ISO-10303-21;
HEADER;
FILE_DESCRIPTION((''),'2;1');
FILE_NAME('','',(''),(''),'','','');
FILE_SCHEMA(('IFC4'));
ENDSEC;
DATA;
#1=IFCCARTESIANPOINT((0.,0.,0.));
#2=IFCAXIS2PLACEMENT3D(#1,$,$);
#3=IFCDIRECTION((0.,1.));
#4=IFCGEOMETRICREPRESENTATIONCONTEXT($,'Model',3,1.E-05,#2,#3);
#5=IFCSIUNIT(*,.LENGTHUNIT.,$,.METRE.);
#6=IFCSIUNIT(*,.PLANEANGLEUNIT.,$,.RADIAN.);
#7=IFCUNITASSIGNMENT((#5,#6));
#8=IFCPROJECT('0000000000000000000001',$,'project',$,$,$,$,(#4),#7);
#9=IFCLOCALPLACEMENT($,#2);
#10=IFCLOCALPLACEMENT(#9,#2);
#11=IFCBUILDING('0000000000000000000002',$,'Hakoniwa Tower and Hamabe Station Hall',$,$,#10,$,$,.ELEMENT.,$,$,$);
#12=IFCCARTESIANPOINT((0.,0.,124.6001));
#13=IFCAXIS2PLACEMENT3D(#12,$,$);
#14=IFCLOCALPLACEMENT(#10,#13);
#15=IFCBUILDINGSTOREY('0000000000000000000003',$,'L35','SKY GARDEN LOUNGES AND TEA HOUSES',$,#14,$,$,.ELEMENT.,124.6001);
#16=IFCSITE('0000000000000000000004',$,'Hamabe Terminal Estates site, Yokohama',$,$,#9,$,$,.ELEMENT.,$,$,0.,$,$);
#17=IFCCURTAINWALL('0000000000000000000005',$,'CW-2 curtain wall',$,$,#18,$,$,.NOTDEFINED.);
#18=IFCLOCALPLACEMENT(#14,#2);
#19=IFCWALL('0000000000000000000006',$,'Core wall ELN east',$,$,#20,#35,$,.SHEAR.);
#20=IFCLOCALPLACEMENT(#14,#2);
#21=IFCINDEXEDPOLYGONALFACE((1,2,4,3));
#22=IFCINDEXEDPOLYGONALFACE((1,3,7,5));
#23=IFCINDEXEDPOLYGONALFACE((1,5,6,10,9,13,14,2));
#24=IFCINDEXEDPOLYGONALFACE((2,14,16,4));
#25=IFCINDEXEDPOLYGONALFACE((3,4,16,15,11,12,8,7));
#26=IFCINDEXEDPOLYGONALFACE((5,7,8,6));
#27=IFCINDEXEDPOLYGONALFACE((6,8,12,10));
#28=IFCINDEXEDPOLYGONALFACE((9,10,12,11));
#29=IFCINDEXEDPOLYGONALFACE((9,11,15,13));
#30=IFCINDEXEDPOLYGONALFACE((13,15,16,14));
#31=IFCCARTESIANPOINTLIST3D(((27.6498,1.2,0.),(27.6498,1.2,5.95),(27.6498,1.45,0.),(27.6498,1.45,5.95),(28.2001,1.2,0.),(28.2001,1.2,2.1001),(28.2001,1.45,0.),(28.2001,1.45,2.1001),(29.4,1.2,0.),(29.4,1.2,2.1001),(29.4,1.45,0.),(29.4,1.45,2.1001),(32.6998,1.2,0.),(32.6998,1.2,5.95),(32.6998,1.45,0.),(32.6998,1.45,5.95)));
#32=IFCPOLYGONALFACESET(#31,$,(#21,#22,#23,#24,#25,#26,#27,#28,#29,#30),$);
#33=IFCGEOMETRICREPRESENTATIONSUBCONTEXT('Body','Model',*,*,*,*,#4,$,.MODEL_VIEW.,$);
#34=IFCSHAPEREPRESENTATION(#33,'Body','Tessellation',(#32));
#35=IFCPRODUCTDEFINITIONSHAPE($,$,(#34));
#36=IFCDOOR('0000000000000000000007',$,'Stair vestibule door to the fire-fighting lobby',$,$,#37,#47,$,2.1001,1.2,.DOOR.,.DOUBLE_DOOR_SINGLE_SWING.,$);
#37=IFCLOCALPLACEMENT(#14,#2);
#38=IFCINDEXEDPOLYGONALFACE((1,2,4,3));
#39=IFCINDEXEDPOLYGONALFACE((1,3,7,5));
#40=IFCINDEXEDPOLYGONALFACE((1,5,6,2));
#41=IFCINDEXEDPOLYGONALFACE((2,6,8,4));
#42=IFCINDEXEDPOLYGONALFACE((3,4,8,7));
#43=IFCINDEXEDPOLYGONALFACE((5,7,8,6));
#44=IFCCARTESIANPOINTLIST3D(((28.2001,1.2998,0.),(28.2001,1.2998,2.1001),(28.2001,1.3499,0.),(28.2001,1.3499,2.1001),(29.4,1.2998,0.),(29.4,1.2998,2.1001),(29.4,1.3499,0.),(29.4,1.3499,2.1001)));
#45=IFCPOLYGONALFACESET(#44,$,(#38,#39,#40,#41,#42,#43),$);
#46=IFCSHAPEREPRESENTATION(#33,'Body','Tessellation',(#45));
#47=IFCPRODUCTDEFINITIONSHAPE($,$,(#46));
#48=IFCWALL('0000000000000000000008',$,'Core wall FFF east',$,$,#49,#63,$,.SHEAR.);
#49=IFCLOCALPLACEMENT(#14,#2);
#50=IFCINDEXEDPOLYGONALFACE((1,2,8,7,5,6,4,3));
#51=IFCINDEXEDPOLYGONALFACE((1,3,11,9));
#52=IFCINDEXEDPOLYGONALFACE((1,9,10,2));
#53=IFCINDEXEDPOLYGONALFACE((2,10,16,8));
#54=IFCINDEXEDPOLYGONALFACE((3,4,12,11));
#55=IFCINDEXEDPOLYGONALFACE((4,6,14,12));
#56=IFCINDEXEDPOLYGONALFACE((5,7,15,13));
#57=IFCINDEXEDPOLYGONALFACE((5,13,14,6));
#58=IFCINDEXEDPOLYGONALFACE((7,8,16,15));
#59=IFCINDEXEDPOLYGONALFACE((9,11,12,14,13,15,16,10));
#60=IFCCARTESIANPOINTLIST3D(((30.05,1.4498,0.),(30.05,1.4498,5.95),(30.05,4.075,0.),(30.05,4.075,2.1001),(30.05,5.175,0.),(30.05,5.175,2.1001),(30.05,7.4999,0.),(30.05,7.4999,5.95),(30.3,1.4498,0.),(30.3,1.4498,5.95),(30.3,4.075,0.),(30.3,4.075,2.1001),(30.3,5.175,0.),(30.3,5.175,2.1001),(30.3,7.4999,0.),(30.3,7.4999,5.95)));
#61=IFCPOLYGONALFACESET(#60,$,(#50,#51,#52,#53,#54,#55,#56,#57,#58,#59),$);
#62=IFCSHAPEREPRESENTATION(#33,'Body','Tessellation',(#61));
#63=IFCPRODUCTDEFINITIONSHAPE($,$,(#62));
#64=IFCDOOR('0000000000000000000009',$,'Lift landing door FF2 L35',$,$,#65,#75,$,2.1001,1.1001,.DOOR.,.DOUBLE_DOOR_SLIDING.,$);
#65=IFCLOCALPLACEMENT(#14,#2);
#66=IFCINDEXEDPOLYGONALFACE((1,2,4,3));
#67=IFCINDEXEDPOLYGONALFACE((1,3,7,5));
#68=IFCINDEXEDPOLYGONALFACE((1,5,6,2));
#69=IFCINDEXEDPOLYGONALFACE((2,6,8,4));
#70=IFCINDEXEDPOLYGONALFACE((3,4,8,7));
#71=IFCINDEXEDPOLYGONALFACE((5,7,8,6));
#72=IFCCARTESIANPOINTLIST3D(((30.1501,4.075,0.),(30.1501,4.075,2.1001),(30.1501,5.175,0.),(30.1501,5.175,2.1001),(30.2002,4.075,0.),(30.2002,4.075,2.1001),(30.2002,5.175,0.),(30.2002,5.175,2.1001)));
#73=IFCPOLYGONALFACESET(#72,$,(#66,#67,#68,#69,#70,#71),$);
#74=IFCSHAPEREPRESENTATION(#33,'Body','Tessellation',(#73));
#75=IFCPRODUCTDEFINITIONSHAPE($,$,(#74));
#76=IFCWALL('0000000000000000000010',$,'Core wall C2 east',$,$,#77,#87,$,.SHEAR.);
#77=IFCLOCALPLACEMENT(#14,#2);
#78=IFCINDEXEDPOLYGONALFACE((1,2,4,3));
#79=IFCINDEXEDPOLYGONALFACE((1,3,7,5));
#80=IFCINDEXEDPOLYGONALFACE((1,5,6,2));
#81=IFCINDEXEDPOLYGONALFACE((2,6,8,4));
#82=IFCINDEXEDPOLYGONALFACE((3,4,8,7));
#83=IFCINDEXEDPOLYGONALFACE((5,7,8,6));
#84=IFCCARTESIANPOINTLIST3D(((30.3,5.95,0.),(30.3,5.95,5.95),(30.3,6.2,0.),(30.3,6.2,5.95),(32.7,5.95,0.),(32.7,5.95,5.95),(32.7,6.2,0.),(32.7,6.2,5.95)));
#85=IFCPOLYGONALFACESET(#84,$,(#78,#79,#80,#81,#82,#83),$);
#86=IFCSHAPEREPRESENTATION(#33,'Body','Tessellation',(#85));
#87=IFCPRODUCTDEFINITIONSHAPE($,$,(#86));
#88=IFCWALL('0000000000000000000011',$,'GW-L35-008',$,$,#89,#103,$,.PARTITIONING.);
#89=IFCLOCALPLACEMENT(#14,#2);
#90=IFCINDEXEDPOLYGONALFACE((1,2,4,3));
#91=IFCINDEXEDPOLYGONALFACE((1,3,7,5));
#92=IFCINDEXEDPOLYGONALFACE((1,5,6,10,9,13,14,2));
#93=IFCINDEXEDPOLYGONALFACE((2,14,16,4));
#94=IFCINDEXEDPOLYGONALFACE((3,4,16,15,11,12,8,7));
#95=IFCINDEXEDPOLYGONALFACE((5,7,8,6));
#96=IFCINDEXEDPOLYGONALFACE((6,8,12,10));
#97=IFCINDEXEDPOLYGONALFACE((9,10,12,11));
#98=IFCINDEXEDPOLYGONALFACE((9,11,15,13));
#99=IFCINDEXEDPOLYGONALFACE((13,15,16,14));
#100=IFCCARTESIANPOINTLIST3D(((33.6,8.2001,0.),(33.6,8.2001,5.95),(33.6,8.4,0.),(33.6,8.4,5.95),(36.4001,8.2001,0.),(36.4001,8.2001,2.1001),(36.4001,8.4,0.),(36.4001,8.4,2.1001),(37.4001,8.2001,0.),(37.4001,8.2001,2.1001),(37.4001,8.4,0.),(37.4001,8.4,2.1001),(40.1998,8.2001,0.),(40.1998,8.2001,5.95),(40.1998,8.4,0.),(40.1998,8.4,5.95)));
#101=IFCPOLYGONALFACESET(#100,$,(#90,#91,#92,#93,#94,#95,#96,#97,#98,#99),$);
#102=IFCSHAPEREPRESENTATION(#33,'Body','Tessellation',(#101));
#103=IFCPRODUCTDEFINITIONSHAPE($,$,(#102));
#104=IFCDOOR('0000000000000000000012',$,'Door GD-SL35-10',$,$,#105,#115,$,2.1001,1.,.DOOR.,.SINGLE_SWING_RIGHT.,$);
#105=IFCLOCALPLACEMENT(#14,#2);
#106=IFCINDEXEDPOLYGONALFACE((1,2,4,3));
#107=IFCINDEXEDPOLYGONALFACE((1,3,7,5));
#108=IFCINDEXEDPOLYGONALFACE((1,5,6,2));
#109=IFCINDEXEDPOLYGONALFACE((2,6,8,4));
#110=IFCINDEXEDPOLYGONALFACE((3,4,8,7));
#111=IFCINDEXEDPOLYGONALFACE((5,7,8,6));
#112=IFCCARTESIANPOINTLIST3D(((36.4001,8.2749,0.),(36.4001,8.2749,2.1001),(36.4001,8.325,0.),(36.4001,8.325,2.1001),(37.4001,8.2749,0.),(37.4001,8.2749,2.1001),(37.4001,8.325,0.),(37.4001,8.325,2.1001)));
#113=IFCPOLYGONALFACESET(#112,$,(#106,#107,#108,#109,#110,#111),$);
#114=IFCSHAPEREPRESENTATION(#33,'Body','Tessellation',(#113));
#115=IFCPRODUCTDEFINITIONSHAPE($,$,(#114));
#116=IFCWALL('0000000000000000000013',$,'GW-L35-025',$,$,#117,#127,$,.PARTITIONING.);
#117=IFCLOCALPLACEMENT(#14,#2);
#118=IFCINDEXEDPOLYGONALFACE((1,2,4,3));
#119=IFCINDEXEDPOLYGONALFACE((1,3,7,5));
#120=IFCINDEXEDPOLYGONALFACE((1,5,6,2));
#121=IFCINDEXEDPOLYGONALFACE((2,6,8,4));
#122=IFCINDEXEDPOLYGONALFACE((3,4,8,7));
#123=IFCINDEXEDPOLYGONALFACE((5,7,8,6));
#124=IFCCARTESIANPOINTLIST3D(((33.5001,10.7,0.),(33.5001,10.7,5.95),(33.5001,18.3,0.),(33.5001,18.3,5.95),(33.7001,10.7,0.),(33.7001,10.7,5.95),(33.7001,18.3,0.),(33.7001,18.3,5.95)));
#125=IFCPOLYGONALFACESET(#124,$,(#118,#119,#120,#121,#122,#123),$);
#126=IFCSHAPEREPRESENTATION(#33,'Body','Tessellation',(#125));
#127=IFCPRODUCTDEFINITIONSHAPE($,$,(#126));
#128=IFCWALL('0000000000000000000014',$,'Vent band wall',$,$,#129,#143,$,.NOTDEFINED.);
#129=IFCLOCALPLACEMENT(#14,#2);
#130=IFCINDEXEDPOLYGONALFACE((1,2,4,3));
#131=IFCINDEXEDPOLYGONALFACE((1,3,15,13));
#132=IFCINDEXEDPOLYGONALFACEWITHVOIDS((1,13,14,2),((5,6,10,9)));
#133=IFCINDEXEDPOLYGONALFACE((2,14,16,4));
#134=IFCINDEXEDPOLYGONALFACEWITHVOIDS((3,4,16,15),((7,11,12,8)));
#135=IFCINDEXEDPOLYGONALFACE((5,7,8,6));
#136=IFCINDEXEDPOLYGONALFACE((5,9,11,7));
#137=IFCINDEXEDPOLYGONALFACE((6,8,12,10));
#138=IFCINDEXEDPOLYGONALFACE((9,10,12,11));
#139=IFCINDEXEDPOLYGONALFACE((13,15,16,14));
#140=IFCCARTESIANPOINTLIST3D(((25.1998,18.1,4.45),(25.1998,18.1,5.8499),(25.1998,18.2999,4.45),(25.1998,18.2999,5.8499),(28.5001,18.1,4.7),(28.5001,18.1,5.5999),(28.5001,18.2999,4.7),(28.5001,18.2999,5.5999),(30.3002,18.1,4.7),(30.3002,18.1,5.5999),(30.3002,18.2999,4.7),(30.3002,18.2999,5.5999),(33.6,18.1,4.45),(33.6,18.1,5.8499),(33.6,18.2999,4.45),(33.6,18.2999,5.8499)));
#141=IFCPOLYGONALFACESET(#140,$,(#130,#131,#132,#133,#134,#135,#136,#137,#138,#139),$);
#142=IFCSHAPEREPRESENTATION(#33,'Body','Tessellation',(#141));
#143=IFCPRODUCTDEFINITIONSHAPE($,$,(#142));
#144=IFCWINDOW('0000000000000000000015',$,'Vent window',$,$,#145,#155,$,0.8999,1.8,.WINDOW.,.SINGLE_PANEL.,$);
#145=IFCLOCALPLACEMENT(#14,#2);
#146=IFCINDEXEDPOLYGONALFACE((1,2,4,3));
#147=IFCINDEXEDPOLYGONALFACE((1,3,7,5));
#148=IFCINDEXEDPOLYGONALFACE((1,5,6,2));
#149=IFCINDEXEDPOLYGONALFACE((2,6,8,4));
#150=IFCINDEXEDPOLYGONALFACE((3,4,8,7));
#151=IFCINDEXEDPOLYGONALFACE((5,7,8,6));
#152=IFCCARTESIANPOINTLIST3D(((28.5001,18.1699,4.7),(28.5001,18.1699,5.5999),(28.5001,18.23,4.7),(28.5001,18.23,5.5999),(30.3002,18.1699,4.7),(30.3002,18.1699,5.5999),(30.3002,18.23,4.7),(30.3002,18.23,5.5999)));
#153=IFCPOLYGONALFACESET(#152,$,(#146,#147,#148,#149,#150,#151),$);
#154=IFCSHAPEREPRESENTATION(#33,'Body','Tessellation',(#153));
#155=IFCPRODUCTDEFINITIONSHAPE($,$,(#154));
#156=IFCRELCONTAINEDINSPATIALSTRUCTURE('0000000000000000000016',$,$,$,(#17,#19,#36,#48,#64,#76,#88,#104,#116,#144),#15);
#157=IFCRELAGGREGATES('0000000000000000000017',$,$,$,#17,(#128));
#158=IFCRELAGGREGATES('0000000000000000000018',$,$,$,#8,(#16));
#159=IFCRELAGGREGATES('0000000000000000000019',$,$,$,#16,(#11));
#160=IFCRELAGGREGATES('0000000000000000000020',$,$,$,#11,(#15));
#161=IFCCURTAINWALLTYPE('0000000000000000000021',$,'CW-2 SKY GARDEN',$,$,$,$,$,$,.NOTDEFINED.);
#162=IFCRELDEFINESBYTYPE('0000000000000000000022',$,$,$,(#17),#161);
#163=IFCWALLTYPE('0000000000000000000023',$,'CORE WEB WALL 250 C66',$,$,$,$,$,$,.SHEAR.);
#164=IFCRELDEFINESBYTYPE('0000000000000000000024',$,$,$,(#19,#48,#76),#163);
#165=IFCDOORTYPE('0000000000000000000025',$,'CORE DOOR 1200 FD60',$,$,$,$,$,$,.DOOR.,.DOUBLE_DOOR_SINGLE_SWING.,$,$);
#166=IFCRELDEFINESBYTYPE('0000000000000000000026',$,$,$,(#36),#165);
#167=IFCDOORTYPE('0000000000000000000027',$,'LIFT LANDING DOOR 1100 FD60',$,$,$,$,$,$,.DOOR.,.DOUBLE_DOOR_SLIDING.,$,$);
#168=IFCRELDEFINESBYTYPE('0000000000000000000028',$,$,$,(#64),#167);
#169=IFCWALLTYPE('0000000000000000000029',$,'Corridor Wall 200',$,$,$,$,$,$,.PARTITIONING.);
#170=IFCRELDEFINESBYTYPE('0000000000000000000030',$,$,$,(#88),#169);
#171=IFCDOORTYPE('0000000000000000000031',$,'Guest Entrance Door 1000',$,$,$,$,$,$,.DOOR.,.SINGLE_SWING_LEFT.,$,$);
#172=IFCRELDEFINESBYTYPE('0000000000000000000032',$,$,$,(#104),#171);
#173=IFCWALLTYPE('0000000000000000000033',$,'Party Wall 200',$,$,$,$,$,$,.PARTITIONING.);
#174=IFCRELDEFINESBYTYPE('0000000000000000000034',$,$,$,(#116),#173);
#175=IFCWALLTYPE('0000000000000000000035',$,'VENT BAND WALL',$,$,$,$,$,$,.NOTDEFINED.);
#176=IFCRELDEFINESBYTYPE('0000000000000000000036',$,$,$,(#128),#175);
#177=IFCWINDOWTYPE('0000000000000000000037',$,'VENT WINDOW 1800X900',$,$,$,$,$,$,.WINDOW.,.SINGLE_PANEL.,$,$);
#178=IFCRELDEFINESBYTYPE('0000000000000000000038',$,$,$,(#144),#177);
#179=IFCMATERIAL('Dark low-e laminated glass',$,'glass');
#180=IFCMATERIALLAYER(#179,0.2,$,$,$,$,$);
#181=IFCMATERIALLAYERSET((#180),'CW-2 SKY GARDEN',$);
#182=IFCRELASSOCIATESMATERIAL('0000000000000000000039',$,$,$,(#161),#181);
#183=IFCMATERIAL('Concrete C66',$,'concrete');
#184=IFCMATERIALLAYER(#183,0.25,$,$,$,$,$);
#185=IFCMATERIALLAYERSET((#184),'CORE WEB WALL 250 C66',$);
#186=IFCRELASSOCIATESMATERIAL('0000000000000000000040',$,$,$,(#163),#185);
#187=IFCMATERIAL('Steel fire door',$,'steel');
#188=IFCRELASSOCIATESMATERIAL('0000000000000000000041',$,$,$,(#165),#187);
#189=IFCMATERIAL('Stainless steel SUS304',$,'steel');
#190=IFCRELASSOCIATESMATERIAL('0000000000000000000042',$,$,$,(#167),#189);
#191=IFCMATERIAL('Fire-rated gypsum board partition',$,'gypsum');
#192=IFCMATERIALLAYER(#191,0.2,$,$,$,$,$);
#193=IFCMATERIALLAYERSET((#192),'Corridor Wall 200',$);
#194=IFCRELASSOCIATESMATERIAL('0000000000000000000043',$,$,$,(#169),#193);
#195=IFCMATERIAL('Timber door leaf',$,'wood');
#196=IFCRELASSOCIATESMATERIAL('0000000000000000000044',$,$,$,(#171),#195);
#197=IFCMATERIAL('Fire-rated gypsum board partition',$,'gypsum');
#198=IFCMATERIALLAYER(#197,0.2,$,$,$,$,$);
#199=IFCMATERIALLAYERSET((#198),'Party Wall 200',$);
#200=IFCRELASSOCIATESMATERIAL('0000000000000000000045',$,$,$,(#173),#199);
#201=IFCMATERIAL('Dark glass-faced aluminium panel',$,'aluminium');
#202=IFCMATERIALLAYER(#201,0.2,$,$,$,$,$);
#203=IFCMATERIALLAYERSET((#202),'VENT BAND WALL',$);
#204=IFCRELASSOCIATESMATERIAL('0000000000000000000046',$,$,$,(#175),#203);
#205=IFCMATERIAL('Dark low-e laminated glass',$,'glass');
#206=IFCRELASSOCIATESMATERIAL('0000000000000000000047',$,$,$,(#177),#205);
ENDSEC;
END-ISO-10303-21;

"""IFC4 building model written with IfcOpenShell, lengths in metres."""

from ifc_helpers import new_model, si_unit, direction, frame, frame_2d, origin, place, context, subcontext, project, spatial, rectangle, extrude, material, layer, layer_set, type_object, element, fill, aggregate, save


model = new_model("IFC4")

# Units and contexts
model_context = context("Model", 3, precision=1e-05, world=origin(), true_north=direction((0.0, 1.0)))
body_context = subcontext(model_context, "Body", "Model", "MODEL_VIEW")
ifc_project = project(units=[si_unit("LENGTHUNIT", "METRE"), si_unit("PLANEANGLEUNIT", "RADIAN")], contexts=[model_context])

# Site, building, storey
site_placement = place(None, origin())
site = spatial("IfcSite", under=ifc_project, at=site_placement, Name="Hamabe Terminal Estates site, Yokohama", CompositionType="ELEMENT", RefElevation=0.0)
building_placement = place(site_placement, origin())
building = spatial("IfcBuilding", under=site, at=building_placement, Name="Hakoniwa Tower and Hamabe Station Hall", CompositionType="ELEMENT")
storey_placement = place(building_placement, frame((0.0, 0.0, 124.6001)))
storey = spatial("IfcBuildingStorey", under=building, at=storey_placement, Name="L35", Description="SKY GARDEN LOUNGES AND TEA HOUSES", CompositionType="ELEMENT", Elevation=124.6001)

# Curtain wall
ifc_material_1 = material(Name="Dark low-e laminated glass", Category="glass")
ifc_layer_1 = layer(ifc_material_1, 0.2)
ifc_layer_set_1 = layer_set([ifc_layer_1], Name="CW-2 SKY GARDEN")
curtain_wall_type = type_object("IfcCurtainWallType", Name="CW-2 SKY GARDEN", PredefinedType="NOTDEFINED", material=ifc_layer_set_1)
curtain_wall_placement = place(storey_placement, origin())
curtain_wall = element("IfcCurtainWall", 1, at=curtain_wall_placement, inside=storey, type_object=curtain_wall_type, Name="CW-2 curtain wall", PredefinedType="NOTDEFINED")

# Shared definitions
ifc_material_2 = material(Name="Concrete C66", Category="concrete")
ifc_layer_2 = layer(ifc_material_2, 0.25)
ifc_layer_set_2 = layer_set([ifc_layer_2], Name="CORE WEB WALL 250 C66")
wall_type_1 = type_object("IfcWallType", Name="CORE WEB WALL 250 C66", PredefinedType="SHEAR", material=ifc_layer_set_2)

# Walls, openings, doors
ifc_material_3 = material(Name="Steel fire door", Category="steel")
door_type_1 = type_object("IfcDoorType", Name="CORE DOOR 1200 FD60", OperationType="DOUBLE_DOOR_SINGLE_SWING", PredefinedType="DOOR", material=ifc_material_3)
wall_1_placement = place(storey_placement, frame((27.6499, 1.325, 0.0), z_axis=(0.0, 0.0, 1.0), x_axis=(1.0, 0.0, 0.0)))
wall_1 = element("IfcWall", 2, at=wall_1_placement, inside=storey, type_object=wall_type_1, Name="Core wall ELN east", PredefinedType="SHEAR", context=body_context, shape_type="SweptSolid", body=[
    extrude(rectangle(XDim=5.05, YDim=0.25, at=frame_2d((2.5249, 0.0))), origin(), (0.0, 0.0, 1.0), 5.95),
])
opening_1_placement = place(wall_1_placement, frame((0.55, 0.0, 0.0)))
opening_1 = element("IfcOpeningElement", 3, at=opening_1_placement, cuts=wall_1, PredefinedType="OPENING", context=body_context, shape_type="SweptSolid", body=[
    extrude(rectangle(XDim=1.2, YDim=2.1001, at=frame_2d((0.6001, 1.05))), frame((0.0, 0.135, 0.0), z_axis=(0.0, -1.0, 0.0), x_axis=(1.0, 0.0, 0.0)), (0.0, 0.0, 1.0), 0.27),
])
door_1_placement = place(opening_1_placement, origin())
door_1 = element("IfcDoor", 4, at=door_1_placement, inside=storey, type_object=door_type_1, Name="Stair vestibule door to the fire-fighting lobby", OperationType="DOUBLE_DOOR_SINGLE_SWING", OverallHeight=2.1001, OverallWidth=1.2, PredefinedType="DOOR", context=body_context, shape_type="SweptSolid", body=[
    extrude(rectangle(XDim=1.2, YDim=2.1001, at=frame_2d((0.6001, 1.05))), frame((0.0, 0.0249, 0.0), z_axis=(0.0, -1.0, 0.0), x_axis=(1.0, 0.0, 0.0)), (0.0, 0.0, 1.0), 0.05),
])
fill(opening_1, door_1)
wall_2_placement = place(storey_placement, frame((30.175, 1.45, 0.0), z_axis=(0.0, 0.0, 1.0), x_axis=(0.0, 1.0, 0.0)))
wall_2 = element("IfcWall", 5, at=wall_2_placement, inside=storey, type_object=wall_type_1, Name="Core wall FFF east", PredefinedType="SHEAR", context=body_context, shape_type="SweptSolid", body=[
    extrude(rectangle(XDim=6.05, YDim=0.25, at=frame_2d((3.0249, 0.0))), origin(), (0.0, 0.0, 1.0), 5.95),
])
opening_2_placement = place(wall_2_placement, frame((2.625, 0.0, 0.0)))
opening_2 = element("IfcOpeningElement", 6, at=opening_2_placement, cuts=wall_2, PredefinedType="OPENING", context=body_context, shape_type="SweptSolid", body=[
    extrude(rectangle(XDim=1.1001, YDim=2.1001, at=frame_2d((0.55, 1.05))), frame((0.0, 0.135, 0.0), z_axis=(0.0, -1.0, 0.0), x_axis=(1.0, 0.0, 0.0)), (0.0, 0.0, 1.0), 0.27),
])
ifc_material_4 = material(Name="Stainless steel SUS304", Category="steel")
door_type_2 = type_object("IfcDoorType", Name="LIFT LANDING DOOR 1100 FD60", OperationType="DOUBLE_DOOR_SLIDING", PredefinedType="DOOR", material=ifc_material_4)
door_2_placement = place(opening_2_placement, origin())
door_2 = element("IfcDoor", 7, at=door_2_placement, inside=storey, type_object=door_type_2, Name="Lift landing door FF2 L35", OperationType="DOUBLE_DOOR_SLIDING", OverallHeight=2.1001, OverallWidth=1.1001, PredefinedType="DOOR", context=body_context, shape_type="SweptSolid", body=[
    extrude(rectangle(XDim=1.1001, YDim=2.1001, at=frame_2d((0.55, 1.05))), frame((0.0, 0.0249, 0.0), z_axis=(0.0, -1.0, 0.0), x_axis=(1.0, 0.0, 0.0)), (0.0, 0.0, 1.0), 0.05),
])
fill(opening_2, door_2)

# Wall
wall_3_placement = place(storey_placement, frame((30.3, 6.075, 0.0), z_axis=(0.0, 0.0, 1.0), x_axis=(1.0, 0.0, 0.0)))
element("IfcWall", 8, at=wall_3_placement, inside=storey, type_object=wall_type_1, Name="Core wall C2 east", PredefinedType="SHEAR", context=body_context, shape_type="SweptSolid", body=[
    extrude(rectangle(XDim=2.3999, YDim=0.25, at=frame_2d((1.2, 0.0))), origin(), (0.0, 0.0, 1.0), 5.95),
])

# Wall, opening, door
ifc_material_5 = material(Name="Fire-rated gypsum board partition", Category="gypsum")
ifc_layer_3 = layer(ifc_material_5, 0.2)
ifc_layer_set_3 = layer_set([ifc_layer_3], Name="Corridor Wall 200")
wall_type_2 = type_object("IfcWallType", Name="Corridor Wall 200", PredefinedType="PARTITIONING", material=ifc_layer_set_3)
wall_4_placement = place(storey_placement, frame((33.6001, 8.3, 0.0), z_axis=(0.0, 0.0, 1.0), x_axis=(1.0, 0.0, 0.0)))
wall_4 = element("IfcWall", 9, at=wall_4_placement, inside=storey, type_object=wall_type_2, Name="GW-L35-008", PredefinedType="PARTITIONING", context=body_context, shape_type="SweptSolid", body=[
    extrude(rectangle(XDim=6.5999, YDim=0.2, at=frame_2d((3.2998, 0.0))), origin(), (0.0, 0.0, 1.0), 5.95),
])
opening_3_placement = place(wall_4_placement, frame((2.8, 0.0, 0.0)))
opening_3 = element("IfcOpeningElement", 10, at=opening_3_placement, cuts=wall_4, PredefinedType="OPENING", context=body_context, shape_type="SweptSolid", body=[
    extrude(rectangle(XDim=1.0, YDim=2.1001, at=frame_2d((0.5, 1.05))), frame((0.0, 0.1099, 0.0), z_axis=(0.0, -1.0, 0.0), x_axis=(1.0, 0.0, 0.0)), (0.0, 0.0, 1.0), 0.22),
])
ifc_material_6 = material(Name="Timber door leaf", Category="wood")
door_type_3 = type_object("IfcDoorType", Name="Guest Entrance Door 1000", OperationType="SINGLE_SWING_LEFT", PredefinedType="DOOR", material=ifc_material_6)
door_3_placement = place(opening_3_placement, origin())
door_3 = element("IfcDoor", 11, at=door_3_placement, inside=storey, type_object=door_type_3, Name="Door GD-SL35-10", OperationType="SINGLE_SWING_RIGHT", OverallHeight=2.1001, OverallWidth=1.0, PredefinedType="DOOR", context=body_context, shape_type="SweptSolid", body=[
    extrude(rectangle(XDim=1.0, YDim=2.1001, at=frame_2d((0.5, 1.05))), frame((0.0, 0.0249, 0.0), z_axis=(0.0, -1.0, 0.0), x_axis=(1.0, 0.0, 0.0)), (0.0, 0.0, 1.0), 0.05),
])
fill(opening_3, door_3)

# Wall
ifc_material_7 = material(Name="Fire-rated gypsum board partition", Category="gypsum")
ifc_layer_4 = layer(ifc_material_7, 0.2)
ifc_layer_set_4 = layer_set([ifc_layer_4], Name="Party Wall 200")
wall_type_3 = type_object("IfcWallType", Name="Party Wall 200", PredefinedType="PARTITIONING", material=ifc_layer_set_4)
wall_5_placement = place(storey_placement, frame((33.6001, 10.7, 0.0), z_axis=(0.0, 0.0, 1.0), x_axis=(0.0, 1.0, 0.0)))
element("IfcWall", 12, at=wall_5_placement, inside=storey, type_object=wall_type_3, Name="GW-L35-025", PredefinedType="PARTITIONING", context=body_context, shape_type="SweptSolid", body=[
    extrude(rectangle(XDim=7.6001, YDim=0.2, at=frame_2d((3.8, 0.0))), origin(), (0.0, 0.0, 1.0), 5.95),
])

# Wall, opening, window
ifc_material_8 = material(Name="Dark glass-faced aluminium panel", Category="aluminium")
ifc_layer_5 = layer(ifc_material_8, 0.2)
ifc_layer_set_5 = layer_set([ifc_layer_5], Name="VENT BAND WALL")
wall_type_4 = type_object("IfcWallType", Name="VENT BAND WALL", PredefinedType="NOTDEFINED", material=ifc_layer_set_5)
wall_6_placement = place(storey_placement, frame((33.6001, 18.2, 4.45), z_axis=(0.0, 0.0, 1.0), x_axis=(-1.0, 0.0, 0.0)))
wall_6 = element("IfcWall", 13, at=wall_6_placement, type_object=wall_type_4, Name="Vent band wall", PredefinedType="NOTDEFINED", context=body_context, shape_type="SweptSolid", body=[
    extrude(rectangle(XDim=8.4001, YDim=0.2, at=frame_2d((4.2002, 0.0))), origin(), (0.0, 0.0, 1.0), 1.3999),
])
opening_4_placement = place(wall_6_placement, frame((3.3, 0.0, 0.25)))
opening_4 = element("IfcOpeningElement", 14, at=opening_4_placement, cuts=wall_6, PredefinedType="OPENING", context=body_context, shape_type="SweptSolid", body=[
    extrude(rectangle(XDim=1.8, YDim=0.8999, at=frame_2d((0.8999, 0.45))), frame((0.0, 0.1099, 0.0), z_axis=(0.0, -1.0, 0.0), x_axis=(1.0, 0.0, 0.0)), (0.0, 0.0, 1.0), 0.22),
])
ifc_material_9 = material(Name="Dark low-e laminated glass", Category="glass")
window_type = type_object("IfcWindowType", Name="VENT WINDOW 1800X900", PartitioningType="SINGLE_PANEL", PredefinedType="WINDOW", material=ifc_material_9)
window_1_placement = place(opening_4_placement, origin())
window_1 = element("IfcWindow", 15, at=window_1_placement, inside=storey, type_object=window_type, Name="Vent window", OverallHeight=0.8999, OverallWidth=1.8, PartitioningType="SINGLE_PANEL", PredefinedType="WINDOW", context=body_context, shape_type="SweptSolid", body=[
    extrude(rectangle(XDim=1.8, YDim=0.8999, at=frame_2d((0.8999, 0.45))), frame((0.0, 0.03, 0.0), z_axis=(0.0, -1.0, 0.0), x_axis=(1.0, 0.0, 0.0)), (0.0, 0.0, 1.0), 0.0601),
])
fill(opening_4, window_1)
aggregate(curtain_wall, [wall_6])

save(model, "model.ifc")
